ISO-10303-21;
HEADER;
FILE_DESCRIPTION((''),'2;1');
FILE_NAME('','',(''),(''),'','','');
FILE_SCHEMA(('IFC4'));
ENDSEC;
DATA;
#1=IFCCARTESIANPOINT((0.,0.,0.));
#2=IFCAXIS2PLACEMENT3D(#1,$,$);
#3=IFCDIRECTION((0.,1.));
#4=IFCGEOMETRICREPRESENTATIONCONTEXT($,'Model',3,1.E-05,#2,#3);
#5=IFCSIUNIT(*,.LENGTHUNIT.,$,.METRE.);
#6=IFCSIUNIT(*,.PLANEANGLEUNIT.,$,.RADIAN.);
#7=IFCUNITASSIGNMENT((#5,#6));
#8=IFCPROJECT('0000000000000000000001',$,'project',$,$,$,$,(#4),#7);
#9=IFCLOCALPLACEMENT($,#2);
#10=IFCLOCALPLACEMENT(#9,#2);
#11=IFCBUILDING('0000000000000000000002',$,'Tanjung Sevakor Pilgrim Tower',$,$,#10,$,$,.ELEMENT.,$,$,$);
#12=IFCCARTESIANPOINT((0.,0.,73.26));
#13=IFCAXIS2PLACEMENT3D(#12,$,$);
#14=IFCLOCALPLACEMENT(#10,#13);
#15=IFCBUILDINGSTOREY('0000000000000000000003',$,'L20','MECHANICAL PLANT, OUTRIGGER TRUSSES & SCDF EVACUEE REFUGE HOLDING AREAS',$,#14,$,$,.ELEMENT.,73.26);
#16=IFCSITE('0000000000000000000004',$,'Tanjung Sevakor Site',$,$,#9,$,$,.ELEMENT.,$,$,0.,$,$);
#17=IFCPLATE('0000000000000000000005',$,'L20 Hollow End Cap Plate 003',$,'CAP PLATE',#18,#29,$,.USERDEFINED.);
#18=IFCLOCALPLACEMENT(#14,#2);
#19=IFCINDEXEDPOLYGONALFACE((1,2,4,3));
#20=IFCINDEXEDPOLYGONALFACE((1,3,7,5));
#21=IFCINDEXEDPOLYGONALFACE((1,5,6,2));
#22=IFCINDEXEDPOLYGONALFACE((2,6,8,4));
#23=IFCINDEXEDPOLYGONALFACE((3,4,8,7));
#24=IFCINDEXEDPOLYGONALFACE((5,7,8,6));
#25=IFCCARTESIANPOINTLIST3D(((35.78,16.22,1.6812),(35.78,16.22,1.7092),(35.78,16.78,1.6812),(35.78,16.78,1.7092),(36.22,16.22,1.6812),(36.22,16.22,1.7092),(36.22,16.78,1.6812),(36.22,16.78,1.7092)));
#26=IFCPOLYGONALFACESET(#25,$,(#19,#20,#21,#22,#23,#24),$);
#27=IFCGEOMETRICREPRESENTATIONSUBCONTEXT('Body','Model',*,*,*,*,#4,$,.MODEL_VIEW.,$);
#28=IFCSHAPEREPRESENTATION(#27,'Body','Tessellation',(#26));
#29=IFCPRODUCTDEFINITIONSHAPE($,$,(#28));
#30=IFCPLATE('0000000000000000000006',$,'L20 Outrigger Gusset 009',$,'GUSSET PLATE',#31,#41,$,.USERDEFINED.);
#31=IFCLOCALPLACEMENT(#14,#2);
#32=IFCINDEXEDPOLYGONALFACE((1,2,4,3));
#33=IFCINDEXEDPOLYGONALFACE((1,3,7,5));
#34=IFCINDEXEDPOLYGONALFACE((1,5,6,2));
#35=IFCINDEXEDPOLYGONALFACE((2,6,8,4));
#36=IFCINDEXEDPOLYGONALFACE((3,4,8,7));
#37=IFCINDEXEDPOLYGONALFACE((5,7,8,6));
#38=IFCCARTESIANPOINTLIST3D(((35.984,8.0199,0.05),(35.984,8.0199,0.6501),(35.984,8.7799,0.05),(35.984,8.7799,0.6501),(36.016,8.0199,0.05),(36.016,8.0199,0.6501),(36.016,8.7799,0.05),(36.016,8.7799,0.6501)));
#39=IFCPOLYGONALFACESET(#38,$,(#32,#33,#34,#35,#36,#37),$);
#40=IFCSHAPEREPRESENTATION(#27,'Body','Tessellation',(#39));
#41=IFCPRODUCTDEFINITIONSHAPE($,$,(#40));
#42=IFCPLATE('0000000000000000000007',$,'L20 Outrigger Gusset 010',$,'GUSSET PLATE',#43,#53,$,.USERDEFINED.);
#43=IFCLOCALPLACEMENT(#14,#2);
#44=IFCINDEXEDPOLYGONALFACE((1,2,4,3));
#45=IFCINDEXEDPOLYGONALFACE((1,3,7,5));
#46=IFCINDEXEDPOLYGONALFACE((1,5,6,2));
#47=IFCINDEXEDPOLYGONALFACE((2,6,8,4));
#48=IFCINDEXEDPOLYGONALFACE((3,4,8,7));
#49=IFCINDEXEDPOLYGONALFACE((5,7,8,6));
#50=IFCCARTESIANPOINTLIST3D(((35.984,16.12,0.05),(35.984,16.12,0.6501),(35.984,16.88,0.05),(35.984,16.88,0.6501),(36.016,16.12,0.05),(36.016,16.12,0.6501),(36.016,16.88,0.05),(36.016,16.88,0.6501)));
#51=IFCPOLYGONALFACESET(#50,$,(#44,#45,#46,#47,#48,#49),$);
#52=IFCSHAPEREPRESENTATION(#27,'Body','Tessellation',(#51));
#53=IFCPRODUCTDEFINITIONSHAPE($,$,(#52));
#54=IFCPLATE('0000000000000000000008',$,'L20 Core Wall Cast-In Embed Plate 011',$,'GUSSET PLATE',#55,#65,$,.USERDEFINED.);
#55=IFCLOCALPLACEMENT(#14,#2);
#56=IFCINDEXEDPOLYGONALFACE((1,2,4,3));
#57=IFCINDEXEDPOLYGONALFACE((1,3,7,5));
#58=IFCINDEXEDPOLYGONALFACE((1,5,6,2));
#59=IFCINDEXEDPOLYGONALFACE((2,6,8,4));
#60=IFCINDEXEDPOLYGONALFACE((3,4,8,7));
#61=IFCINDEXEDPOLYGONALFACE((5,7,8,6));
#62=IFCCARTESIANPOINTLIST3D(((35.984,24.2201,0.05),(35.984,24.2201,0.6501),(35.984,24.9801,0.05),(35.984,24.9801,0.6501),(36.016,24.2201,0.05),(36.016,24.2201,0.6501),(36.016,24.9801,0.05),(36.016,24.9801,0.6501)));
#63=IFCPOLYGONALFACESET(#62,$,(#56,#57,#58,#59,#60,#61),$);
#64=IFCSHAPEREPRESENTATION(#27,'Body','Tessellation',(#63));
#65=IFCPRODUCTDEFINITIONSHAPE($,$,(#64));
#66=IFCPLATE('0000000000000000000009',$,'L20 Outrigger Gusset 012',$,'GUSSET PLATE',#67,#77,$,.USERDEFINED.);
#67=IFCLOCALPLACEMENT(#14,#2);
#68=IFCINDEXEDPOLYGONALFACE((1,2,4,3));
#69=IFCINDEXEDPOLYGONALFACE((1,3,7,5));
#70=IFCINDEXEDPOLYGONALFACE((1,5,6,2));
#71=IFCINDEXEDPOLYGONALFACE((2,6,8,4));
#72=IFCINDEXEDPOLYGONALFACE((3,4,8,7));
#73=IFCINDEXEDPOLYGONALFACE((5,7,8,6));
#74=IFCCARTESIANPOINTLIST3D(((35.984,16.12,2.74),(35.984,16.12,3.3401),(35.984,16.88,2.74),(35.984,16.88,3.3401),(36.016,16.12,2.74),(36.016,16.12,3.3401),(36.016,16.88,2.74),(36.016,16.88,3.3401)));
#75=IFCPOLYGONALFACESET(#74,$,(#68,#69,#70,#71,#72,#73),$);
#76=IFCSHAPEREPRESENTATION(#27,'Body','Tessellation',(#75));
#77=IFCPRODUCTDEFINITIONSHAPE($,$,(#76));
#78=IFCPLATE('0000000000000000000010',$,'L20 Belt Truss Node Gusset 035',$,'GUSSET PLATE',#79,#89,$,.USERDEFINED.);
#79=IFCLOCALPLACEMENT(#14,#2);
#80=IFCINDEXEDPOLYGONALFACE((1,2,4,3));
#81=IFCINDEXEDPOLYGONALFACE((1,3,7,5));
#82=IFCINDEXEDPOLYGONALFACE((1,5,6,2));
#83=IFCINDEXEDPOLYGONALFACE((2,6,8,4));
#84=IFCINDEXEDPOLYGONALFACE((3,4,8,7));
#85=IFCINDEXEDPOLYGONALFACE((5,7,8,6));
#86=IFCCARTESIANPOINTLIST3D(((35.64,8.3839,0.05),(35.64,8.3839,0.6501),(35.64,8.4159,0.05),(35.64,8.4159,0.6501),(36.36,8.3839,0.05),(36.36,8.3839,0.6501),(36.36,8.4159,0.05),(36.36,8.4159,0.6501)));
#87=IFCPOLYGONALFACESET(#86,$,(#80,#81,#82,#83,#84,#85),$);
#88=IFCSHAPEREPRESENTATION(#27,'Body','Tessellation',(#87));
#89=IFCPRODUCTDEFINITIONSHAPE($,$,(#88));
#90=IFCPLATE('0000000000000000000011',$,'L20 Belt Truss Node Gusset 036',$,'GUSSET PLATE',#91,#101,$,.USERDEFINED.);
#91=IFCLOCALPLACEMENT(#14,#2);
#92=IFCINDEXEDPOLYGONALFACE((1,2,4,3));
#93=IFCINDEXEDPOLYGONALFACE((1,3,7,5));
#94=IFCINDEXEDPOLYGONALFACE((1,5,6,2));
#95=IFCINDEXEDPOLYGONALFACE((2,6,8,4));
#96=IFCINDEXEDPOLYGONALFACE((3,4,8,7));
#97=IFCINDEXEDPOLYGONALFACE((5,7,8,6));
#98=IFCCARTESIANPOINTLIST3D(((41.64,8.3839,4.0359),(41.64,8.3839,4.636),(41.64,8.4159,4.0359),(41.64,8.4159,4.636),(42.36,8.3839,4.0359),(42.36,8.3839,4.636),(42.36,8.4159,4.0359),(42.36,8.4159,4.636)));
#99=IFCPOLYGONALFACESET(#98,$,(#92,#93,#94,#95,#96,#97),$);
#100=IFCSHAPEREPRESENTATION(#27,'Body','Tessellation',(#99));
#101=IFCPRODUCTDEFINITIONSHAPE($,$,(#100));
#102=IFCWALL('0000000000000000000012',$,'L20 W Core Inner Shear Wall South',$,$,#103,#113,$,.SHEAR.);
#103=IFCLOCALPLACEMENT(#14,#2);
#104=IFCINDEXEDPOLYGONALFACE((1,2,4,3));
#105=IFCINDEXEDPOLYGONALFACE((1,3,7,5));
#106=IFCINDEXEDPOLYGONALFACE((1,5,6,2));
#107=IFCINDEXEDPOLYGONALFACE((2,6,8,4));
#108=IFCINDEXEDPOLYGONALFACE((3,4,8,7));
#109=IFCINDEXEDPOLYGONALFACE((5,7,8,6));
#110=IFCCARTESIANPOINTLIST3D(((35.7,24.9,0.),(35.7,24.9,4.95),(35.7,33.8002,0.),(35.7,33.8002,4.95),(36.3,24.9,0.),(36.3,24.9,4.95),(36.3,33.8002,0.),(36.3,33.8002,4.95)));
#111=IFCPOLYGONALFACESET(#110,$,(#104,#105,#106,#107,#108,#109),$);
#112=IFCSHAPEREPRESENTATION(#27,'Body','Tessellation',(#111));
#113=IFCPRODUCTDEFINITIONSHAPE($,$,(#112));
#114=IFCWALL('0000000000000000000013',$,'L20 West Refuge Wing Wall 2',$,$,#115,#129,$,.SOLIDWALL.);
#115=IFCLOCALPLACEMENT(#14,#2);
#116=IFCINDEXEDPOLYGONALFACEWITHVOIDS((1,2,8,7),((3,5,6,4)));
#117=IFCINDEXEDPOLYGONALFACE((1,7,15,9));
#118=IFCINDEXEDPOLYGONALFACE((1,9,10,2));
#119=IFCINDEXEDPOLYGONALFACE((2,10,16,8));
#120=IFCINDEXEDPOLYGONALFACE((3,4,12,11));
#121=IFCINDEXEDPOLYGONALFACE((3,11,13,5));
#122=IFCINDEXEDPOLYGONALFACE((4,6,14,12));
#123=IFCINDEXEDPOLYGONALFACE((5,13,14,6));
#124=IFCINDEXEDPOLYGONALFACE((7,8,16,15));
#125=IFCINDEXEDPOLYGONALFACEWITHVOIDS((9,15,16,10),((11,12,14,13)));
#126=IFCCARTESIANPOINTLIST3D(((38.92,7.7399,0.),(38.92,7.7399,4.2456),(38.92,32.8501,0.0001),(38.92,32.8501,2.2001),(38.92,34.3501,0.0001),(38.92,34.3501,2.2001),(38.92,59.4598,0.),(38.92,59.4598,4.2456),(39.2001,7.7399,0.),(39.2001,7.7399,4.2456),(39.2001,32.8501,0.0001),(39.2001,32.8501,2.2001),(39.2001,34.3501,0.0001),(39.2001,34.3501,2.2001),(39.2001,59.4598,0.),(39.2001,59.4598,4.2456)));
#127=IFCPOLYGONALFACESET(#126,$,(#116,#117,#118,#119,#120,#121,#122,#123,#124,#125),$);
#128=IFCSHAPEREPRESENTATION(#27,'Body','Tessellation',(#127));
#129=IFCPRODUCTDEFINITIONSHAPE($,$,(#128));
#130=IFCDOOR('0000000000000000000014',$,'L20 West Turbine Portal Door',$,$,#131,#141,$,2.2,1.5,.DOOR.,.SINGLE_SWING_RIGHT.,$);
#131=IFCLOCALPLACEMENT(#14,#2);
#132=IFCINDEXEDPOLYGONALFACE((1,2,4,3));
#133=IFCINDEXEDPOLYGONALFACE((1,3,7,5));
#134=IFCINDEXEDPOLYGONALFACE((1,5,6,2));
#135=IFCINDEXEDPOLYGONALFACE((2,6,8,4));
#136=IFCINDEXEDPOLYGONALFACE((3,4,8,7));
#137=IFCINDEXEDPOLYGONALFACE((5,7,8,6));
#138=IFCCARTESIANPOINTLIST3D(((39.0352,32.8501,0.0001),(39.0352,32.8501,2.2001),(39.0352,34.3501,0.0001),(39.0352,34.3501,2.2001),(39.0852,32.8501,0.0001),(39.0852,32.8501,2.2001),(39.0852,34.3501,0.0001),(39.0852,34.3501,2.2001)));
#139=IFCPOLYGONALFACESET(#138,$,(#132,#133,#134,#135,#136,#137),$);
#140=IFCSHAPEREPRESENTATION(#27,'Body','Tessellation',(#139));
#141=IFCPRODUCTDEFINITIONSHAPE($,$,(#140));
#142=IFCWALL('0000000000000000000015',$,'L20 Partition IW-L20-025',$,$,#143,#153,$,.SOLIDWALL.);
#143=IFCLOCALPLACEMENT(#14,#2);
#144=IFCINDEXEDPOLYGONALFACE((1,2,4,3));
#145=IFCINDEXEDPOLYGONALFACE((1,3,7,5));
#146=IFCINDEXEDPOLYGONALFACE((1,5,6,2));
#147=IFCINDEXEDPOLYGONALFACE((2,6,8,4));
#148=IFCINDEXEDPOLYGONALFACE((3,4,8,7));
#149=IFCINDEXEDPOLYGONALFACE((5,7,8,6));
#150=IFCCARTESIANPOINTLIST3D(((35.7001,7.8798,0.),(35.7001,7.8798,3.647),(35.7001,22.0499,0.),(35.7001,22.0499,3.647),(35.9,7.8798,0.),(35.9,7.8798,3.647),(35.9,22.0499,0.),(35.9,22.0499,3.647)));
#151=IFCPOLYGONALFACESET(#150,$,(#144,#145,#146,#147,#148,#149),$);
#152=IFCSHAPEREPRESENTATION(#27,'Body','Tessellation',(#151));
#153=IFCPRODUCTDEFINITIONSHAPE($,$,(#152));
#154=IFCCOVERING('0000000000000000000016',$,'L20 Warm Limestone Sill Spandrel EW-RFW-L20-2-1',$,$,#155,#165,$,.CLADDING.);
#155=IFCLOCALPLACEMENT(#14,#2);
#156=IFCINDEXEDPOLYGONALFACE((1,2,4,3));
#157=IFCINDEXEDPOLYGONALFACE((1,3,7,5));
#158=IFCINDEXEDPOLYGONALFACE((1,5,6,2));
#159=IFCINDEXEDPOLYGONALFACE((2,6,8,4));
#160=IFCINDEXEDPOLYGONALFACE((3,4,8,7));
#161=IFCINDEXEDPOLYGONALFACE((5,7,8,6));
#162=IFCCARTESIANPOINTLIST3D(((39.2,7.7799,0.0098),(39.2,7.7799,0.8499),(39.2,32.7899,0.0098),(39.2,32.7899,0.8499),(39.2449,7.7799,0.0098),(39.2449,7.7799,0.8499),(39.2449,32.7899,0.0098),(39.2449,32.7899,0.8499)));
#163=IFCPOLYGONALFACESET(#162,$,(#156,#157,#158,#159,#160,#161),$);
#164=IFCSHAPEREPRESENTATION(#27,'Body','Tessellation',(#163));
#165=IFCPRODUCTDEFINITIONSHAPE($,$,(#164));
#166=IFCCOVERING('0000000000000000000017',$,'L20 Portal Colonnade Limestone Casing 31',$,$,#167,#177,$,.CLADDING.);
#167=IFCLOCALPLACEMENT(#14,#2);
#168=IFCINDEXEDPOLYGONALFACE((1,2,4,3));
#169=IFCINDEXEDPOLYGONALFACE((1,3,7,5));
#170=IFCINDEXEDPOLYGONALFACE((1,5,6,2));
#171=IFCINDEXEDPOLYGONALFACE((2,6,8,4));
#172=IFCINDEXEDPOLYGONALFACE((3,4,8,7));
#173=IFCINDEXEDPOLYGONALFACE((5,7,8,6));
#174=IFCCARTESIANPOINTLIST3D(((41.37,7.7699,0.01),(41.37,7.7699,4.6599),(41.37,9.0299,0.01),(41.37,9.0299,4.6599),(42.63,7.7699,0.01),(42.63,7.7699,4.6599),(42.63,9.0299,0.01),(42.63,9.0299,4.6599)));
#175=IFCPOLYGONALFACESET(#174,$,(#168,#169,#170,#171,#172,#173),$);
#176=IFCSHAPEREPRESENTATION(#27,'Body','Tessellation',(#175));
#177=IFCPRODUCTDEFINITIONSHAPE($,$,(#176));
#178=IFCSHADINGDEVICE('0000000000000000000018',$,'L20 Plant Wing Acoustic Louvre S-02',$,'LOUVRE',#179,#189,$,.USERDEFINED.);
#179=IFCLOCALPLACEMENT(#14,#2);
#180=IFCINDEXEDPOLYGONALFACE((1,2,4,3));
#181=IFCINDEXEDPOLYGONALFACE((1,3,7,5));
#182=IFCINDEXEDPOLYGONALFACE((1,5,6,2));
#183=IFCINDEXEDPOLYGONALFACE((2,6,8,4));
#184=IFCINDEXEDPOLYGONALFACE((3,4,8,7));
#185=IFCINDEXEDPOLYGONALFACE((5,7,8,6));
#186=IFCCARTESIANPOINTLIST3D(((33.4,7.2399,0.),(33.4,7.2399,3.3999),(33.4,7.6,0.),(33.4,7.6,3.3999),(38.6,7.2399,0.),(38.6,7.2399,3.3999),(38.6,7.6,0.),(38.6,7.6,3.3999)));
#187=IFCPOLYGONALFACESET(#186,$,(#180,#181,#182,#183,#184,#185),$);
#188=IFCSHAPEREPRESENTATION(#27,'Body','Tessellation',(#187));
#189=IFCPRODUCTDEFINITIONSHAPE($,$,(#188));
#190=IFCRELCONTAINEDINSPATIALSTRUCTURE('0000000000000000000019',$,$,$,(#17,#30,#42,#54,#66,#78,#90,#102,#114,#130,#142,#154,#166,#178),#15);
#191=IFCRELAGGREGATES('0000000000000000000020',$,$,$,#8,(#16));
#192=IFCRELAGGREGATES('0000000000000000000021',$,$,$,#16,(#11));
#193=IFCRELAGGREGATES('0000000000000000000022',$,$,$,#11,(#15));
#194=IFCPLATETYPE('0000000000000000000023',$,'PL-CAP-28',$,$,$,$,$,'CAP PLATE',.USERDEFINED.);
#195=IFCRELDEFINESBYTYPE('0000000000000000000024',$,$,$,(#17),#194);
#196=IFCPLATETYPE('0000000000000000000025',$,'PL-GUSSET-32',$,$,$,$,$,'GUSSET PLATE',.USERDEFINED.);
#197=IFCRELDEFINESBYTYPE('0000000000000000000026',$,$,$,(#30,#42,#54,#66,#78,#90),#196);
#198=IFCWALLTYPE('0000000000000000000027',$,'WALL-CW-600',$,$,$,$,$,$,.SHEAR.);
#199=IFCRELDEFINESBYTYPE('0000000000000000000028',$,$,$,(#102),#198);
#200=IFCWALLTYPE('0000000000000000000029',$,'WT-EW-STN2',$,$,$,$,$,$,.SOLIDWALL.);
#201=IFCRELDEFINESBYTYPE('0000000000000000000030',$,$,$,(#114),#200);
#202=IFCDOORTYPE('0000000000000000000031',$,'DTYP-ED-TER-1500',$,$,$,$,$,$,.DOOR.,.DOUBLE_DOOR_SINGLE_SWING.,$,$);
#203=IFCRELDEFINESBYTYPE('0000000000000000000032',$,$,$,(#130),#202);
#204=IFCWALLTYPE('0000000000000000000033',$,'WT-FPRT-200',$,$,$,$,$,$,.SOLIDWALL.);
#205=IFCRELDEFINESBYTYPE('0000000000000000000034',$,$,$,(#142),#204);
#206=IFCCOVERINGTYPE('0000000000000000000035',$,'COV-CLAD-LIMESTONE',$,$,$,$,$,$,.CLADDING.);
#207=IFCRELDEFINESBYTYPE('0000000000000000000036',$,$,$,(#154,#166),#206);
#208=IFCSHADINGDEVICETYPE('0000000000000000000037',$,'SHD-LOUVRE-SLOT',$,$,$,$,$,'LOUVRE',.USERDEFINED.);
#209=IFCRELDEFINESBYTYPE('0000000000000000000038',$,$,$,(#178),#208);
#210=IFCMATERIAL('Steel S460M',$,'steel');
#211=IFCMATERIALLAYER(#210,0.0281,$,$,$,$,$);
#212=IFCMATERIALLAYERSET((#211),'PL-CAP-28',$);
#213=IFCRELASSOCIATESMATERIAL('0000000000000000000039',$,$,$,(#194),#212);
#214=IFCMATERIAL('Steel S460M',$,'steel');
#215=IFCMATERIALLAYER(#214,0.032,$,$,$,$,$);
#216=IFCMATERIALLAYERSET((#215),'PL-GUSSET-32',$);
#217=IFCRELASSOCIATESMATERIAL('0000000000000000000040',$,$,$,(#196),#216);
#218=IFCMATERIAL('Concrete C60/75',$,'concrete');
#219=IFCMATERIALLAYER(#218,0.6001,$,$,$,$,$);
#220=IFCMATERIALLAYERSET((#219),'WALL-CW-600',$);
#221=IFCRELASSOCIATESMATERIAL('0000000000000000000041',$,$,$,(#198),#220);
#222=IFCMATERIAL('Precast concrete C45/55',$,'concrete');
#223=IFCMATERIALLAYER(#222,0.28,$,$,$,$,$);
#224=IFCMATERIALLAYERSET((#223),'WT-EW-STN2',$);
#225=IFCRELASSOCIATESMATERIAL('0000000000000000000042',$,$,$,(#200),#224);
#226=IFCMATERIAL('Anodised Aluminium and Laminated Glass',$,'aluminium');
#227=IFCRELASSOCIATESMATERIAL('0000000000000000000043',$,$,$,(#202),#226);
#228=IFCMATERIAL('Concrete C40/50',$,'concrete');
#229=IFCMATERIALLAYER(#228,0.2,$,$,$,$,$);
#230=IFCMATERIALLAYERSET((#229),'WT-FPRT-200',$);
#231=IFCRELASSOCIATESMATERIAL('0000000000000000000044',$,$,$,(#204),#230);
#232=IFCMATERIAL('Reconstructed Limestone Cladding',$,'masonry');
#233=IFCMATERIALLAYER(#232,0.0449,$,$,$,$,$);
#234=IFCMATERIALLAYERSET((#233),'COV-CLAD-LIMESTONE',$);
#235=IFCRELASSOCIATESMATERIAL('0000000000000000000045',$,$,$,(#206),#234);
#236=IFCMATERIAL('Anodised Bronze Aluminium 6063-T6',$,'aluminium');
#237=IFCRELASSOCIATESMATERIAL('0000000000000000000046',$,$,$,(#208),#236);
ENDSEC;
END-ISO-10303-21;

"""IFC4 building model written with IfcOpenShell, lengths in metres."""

from ifc_helpers import new_model, si_unit, direction, frame, frame_2d, origin, origin_2d, place, context, subcontext, project, spatial, rectangle, extrude, material, layer, layer_set, type_object, element, fill, save


model = new_model("IFC4")

# Units and contexts
model_context = context("Model", 3, precision=1e-05, world=origin(), true_north=direction((0.0, 1.0)))
body_context = subcontext(model_context, "Body", "Model", "MODEL_VIEW")
ifc_project = project(units=[si_unit("LENGTHUNIT", "METRE"), si_unit("PLANEANGLEUNIT", "RADIAN")], contexts=[model_context])

# Site, building, storey
site_placement = place(None, origin())
site = spatial("IfcSite", under=ifc_project, at=site_placement, Name="Tanjung Sevakor Site", CompositionType="ELEMENT", RefElevation=0.0)
building_placement = place(site_placement, origin())
building = spatial("IfcBuilding", under=site, at=building_placement, Name="Tanjung Sevakor Pilgrim Tower", CompositionType="ELEMENT")
storey_placement = place(building_placement, frame((0.0, 0.0, 73.26)))
storey = spatial("IfcBuildingStorey", under=building, at=storey_placement, Name="L20", Description="MECHANICAL PLANT, OUTRIGGER TRUSSES & SCDF EVACUEE REFUGE HOLDING AREAS", CompositionType="ELEMENT", Elevation=73.26)

# Plates
ifc_material_1 = material(Name="Steel S460M", Category="steel")
ifc_layer_1 = layer(ifc_material_1, 0.0281)
ifc_layer_set_1 = layer_set([ifc_layer_1], Name="PL-CAP-28")
plate_type_1 = type_object("IfcPlateType", Name="PL-CAP-28", ElementType="CAP PLATE", PredefinedType="USERDEFINED", material=ifc_layer_set_1)
plate_placement = place(storey_placement, frame((36.0, 16.5, 1.6812), z_axis=(0.0, 0.0, 1.0), x_axis=(1.0, 0.0, 0.0)))
element("IfcPlate", 1, at=plate_placement, inside=storey, type_object=plate_type_1, Name="L20 Hollow End Cap Plate 003", ObjectType="CAP PLATE", PredefinedType="USERDEFINED", context=body_context, shape_type="SweptSolid", body=[
    extrude(rectangle(XDim=0.4399, YDim=0.5601, at=origin_2d()), origin(), (0.0, 0.0, 1.0), 0.0281),
])
ifc_material_2 = material(Name="Steel S460M", Category="steel")
ifc_layer_2 = layer(ifc_material_2, 0.032)
ifc_layer_set_2 = layer_set([ifc_layer_2], Name="PL-GUSSET-32")
plate_type_2 = type_object("IfcPlateType", Name="PL-GUSSET-32", ElementType="GUSSET PLATE", PredefinedType="USERDEFINED", material=ifc_layer_set_2)
for number, where, z_axis, x_axis, name in (
    (2, (36.0, 8.3999, 0.05), (0.0, 0.0, 1.0), (1.0, 0.0, 0.0), "L20 Outrigger Gusset 009"),
    (3, (36.0, 16.5, 0.05), (0.0, 0.0, 1.0), (1.0, 0.0, 0.0), "L20 Outrigger Gusset 010"),
    (4, (36.0, 24.6001, 0.05), (0.0, 0.0, 1.0), (1.0, 0.0, 0.0), "L20 Core Wall Cast-In Embed Plate 011"),
    (5, (36.0, 16.5, 2.74), (0.0, 0.0, 1.0), (1.0, 0.0, 0.0), "L20 Outrigger Gusset 012"),
):
    element("IfcPlate", number, at=place(storey_placement, frame(where, z_axis=z_axis, x_axis=x_axis)), inside=storey, type_object=plate_type_2, Name=name, ObjectType="GUSSET PLATE", PredefinedType="USERDEFINED", context=body_context, shape_type="SweptSolid", body=[
        extrude(rectangle(XDim=0.032, YDim=0.76, at=origin_2d()), origin(), (0.0, 0.0, 1.0), 0.6001),
    ])
for number, where, z_axis, x_axis, name in (
    (6, (36.0, 8.3999, 0.05), (0.0, 0.0, 1.0), (1.0, 0.0, 0.0), "L20 Belt Truss Node Gusset 035"),
    (7, (42.0, 8.3999, 4.0359), (0.0, 0.0, 1.0), (1.0, 0.0, 0.0), "L20 Belt Truss Node Gusset 036"),
):
    element("IfcPlate", number, at=place(storey_placement, frame(where, z_axis=z_axis, x_axis=x_axis)), inside=storey, type_object=plate_type_2, Name=name, ObjectType="GUSSET PLATE", PredefinedType="USERDEFINED", context=body_context, shape_type="SweptSolid", body=[
        extrude(rectangle(XDim=0.72, YDim=0.032, at=origin_2d()), origin(), (0.0, 0.0, 1.0), 0.6001),
    ])

# Wall
ifc_material_3 = material(Name="Concrete C60/75", Category="concrete")
ifc_layer_3 = layer(ifc_material_3, 0.6001)
ifc_layer_set_3 = layer_set([ifc_layer_3], Name="WALL-CW-600")
wall_type_1 = type_object("IfcWallType", Name="WALL-CW-600", PredefinedType="SHEAR", material=ifc_layer_set_3)
wall_1_placement = place(storey_placement, frame((36.0, 24.8999, 0.0), z_axis=(0.0, 0.0, 1.0), x_axis=(0.0, 1.0, 0.0)))
element("IfcWall", 8, at=wall_1_placement, inside=storey, type_object=wall_type_1, Name="L20 W Core Inner Shear Wall South", PredefinedType="SHEAR", context=body_context, shape_type="SweptSolid", body=[
    extrude(rectangle(XDim=8.9001, YDim=0.6001, at=frame_2d((4.4502, 0.0))), origin(), (0.0, 0.0, 1.0), 4.95),
])

# Wall, opening, door
ifc_material_4 = material(Name="Precast concrete C45/55", Category="concrete")
ifc_layer_4 = layer(ifc_material_4, 0.28)
ifc_layer_set_4 = layer_set([ifc_layer_4], Name="WT-EW-STN2")
wall_type_2 = type_object("IfcWallType", Name="WT-EW-STN2", PredefinedType="SOLIDWALL", material=ifc_layer_set_4)
wall_2_placement = place(storey_placement, frame((39.0601, 7.74, 0.0), z_axis=(0.0, 0.0, 1.0), x_axis=(0.0, 1.0, 0.0)))
wall_2 = element("IfcWall", 9, at=wall_2_placement, inside=storey, type_object=wall_type_2, Name="L20 West Refuge Wing Wall 2", PredefinedType="SOLIDWALL", context=body_context, shape_type="SweptSolid", body=[
    extrude(rectangle(XDim=51.72, YDim=0.28, at=frame_2d((25.8599, 0.0))), origin(), (0.0, 0.0, 1.0), 4.2456),
])
opening_placement = place(wall_2_placement, frame((25.1101, 0.0, 0.0)))
opening = element("IfcOpeningElement", 10, at=opening_placement, cuts=wall_2, PredefinedType="OPENING", context=body_context, shape_type="SweptSolid", body=[
    extrude(rectangle(XDim=1.5, YDim=2.2, at=frame_2d((0.75, 1.1001))), frame((0.0, 0.1499, 0.0), z_axis=(0.0, -1.0, 0.0), x_axis=(1.0, 0.0, 0.0)), (0.0, 0.0, 1.0), 0.3),
])
ifc_material_5 = material(Name="Anodised Aluminium and Laminated Glass", Category="aluminium")
door_type = type_object("IfcDoorType", Name="DTYP-ED-TER-1500", OperationType="DOUBLE_DOOR_SINGLE_SWING", PredefinedType="DOOR", material=ifc_material_5)
door_placement = place(opening_placement, origin())
door = element("IfcDoor", 11, at=door_placement, inside=storey, type_object=door_type, Name="L20 West Turbine Portal Door", OperationType="SINGLE_SWING_RIGHT", OverallHeight=2.2, OverallWidth=1.5, PredefinedType="DOOR", context=body_context, shape_type="SweptSolid", body=[
    extrude(rectangle(XDim=1.5, YDim=2.2, at=frame_2d((0.75, 1.1001))), frame((0.0, 0.0249, 0.0), z_axis=(0.0, -1.0, 0.0), x_axis=(1.0, 0.0, 0.0)), (0.0, 0.0, 1.0), 0.05),
])
fill(opening, door)

# Wall
ifc_material_6 = material(Name="Concrete C40/50", Category="concrete")
ifc_layer_5 = layer(ifc_material_6, 0.2)
ifc_layer_set_5 = layer_set([ifc_layer_5], Name="WT-FPRT-200")
wall_type_3 = type_object("IfcWallType", Name="WT-FPRT-200", PredefinedType="SOLIDWALL", material=ifc_layer_set_5)
wall_3_placement = place(storey_placement, frame((35.8, 7.8799, 0.0), z_axis=(0.0, 0.0, 1.0), x_axis=(0.0, 1.0, 0.0)))
element("IfcWall", 12, at=wall_3_placement, inside=storey, type_object=wall_type_3, Name="L20 Partition IW-L20-025", PredefinedType="SOLIDWALL", context=body_context, shape_type="SweptSolid", body=[
    extrude(rectangle(XDim=14.1702, YDim=0.2, at=frame_2d((7.085, 0.0))), origin(), (0.0, 0.0, 1.0), 3.647),
])

# Coverings
ifc_material_7 = material(Name="Reconstructed Limestone Cladding", Category="masonry")
ifc_layer_6 = layer(ifc_material_7, 0.0449)
ifc_layer_set_6 = layer_set([ifc_layer_6], Name="COV-CLAD-LIMESTONE")
covering_type = type_object("IfcCoveringType", Name="COV-CLAD-LIMESTONE", PredefinedType="CLADDING", material=ifc_layer_set_6)
covering_1_placement = place(storey_placement, frame((39.2224, 20.2849, 0.0098), z_axis=(0.0, 0.0, 1.0), x_axis=(0.0, 1.0, 0.0)))
element("IfcCovering", 13, at=covering_1_placement, inside=storey, type_object=covering_type, Name="L20 Warm Limestone Sill Spandrel EW-RFW-L20-2-1", PredefinedType="CLADDING", context=body_context, shape_type="SweptSolid", body=[
    extrude(rectangle(XDim=25.01, YDim=0.0449, at=origin_2d()), origin(), (0.0, 0.0, 1.0), 0.8401),
])
covering_2_placement = place(storey_placement, frame((42.0, 8.3999, 0.01), z_axis=(0.0, 0.0, 1.0), x_axis=(1.0, 0.0, 0.0)))
element("IfcCovering", 14, at=covering_2_placement, inside=storey, type_object=covering_type, Name="L20 Portal Colonnade Limestone Casing 31", PredefinedType="CLADDING", context=body_context, shape_type="SweptSolid", body=[
    extrude(rectangle(XDim=1.26, YDim=1.26, at=origin_2d()), origin(), (0.0, 0.0, 1.0), 4.6499),
])

# Shading device
ifc_material_8 = material(Name="Anodised Bronze Aluminium 6063-T6", Category="aluminium")
shading_device_type = type_object("IfcShadingDeviceType", Name="SHD-LOUVRE-SLOT", ElementType="LOUVRE", PredefinedType="USERDEFINED", material=ifc_material_8)
shading_device_placement = place(storey_placement, frame((36.0, 7.4199, 0.0), z_axis=(0.0, 0.0, 1.0), x_axis=(1.0, 0.0, 0.0)))
element("IfcShadingDevice", 15, at=shading_device_placement, inside=storey, type_object=shading_device_type, Name="L20 Plant Wing Acoustic Louvre S-02", ObjectType="LOUVRE", PredefinedType="USERDEFINED", context=body_context, shape_type="SweptSolid", body=[
    extrude(rectangle(XDim=5.2, YDim=0.3601, at=origin_2d()), origin(), (0.0, 0.0, 1.0), 3.3999),
])

save(model, "model.ifc")
